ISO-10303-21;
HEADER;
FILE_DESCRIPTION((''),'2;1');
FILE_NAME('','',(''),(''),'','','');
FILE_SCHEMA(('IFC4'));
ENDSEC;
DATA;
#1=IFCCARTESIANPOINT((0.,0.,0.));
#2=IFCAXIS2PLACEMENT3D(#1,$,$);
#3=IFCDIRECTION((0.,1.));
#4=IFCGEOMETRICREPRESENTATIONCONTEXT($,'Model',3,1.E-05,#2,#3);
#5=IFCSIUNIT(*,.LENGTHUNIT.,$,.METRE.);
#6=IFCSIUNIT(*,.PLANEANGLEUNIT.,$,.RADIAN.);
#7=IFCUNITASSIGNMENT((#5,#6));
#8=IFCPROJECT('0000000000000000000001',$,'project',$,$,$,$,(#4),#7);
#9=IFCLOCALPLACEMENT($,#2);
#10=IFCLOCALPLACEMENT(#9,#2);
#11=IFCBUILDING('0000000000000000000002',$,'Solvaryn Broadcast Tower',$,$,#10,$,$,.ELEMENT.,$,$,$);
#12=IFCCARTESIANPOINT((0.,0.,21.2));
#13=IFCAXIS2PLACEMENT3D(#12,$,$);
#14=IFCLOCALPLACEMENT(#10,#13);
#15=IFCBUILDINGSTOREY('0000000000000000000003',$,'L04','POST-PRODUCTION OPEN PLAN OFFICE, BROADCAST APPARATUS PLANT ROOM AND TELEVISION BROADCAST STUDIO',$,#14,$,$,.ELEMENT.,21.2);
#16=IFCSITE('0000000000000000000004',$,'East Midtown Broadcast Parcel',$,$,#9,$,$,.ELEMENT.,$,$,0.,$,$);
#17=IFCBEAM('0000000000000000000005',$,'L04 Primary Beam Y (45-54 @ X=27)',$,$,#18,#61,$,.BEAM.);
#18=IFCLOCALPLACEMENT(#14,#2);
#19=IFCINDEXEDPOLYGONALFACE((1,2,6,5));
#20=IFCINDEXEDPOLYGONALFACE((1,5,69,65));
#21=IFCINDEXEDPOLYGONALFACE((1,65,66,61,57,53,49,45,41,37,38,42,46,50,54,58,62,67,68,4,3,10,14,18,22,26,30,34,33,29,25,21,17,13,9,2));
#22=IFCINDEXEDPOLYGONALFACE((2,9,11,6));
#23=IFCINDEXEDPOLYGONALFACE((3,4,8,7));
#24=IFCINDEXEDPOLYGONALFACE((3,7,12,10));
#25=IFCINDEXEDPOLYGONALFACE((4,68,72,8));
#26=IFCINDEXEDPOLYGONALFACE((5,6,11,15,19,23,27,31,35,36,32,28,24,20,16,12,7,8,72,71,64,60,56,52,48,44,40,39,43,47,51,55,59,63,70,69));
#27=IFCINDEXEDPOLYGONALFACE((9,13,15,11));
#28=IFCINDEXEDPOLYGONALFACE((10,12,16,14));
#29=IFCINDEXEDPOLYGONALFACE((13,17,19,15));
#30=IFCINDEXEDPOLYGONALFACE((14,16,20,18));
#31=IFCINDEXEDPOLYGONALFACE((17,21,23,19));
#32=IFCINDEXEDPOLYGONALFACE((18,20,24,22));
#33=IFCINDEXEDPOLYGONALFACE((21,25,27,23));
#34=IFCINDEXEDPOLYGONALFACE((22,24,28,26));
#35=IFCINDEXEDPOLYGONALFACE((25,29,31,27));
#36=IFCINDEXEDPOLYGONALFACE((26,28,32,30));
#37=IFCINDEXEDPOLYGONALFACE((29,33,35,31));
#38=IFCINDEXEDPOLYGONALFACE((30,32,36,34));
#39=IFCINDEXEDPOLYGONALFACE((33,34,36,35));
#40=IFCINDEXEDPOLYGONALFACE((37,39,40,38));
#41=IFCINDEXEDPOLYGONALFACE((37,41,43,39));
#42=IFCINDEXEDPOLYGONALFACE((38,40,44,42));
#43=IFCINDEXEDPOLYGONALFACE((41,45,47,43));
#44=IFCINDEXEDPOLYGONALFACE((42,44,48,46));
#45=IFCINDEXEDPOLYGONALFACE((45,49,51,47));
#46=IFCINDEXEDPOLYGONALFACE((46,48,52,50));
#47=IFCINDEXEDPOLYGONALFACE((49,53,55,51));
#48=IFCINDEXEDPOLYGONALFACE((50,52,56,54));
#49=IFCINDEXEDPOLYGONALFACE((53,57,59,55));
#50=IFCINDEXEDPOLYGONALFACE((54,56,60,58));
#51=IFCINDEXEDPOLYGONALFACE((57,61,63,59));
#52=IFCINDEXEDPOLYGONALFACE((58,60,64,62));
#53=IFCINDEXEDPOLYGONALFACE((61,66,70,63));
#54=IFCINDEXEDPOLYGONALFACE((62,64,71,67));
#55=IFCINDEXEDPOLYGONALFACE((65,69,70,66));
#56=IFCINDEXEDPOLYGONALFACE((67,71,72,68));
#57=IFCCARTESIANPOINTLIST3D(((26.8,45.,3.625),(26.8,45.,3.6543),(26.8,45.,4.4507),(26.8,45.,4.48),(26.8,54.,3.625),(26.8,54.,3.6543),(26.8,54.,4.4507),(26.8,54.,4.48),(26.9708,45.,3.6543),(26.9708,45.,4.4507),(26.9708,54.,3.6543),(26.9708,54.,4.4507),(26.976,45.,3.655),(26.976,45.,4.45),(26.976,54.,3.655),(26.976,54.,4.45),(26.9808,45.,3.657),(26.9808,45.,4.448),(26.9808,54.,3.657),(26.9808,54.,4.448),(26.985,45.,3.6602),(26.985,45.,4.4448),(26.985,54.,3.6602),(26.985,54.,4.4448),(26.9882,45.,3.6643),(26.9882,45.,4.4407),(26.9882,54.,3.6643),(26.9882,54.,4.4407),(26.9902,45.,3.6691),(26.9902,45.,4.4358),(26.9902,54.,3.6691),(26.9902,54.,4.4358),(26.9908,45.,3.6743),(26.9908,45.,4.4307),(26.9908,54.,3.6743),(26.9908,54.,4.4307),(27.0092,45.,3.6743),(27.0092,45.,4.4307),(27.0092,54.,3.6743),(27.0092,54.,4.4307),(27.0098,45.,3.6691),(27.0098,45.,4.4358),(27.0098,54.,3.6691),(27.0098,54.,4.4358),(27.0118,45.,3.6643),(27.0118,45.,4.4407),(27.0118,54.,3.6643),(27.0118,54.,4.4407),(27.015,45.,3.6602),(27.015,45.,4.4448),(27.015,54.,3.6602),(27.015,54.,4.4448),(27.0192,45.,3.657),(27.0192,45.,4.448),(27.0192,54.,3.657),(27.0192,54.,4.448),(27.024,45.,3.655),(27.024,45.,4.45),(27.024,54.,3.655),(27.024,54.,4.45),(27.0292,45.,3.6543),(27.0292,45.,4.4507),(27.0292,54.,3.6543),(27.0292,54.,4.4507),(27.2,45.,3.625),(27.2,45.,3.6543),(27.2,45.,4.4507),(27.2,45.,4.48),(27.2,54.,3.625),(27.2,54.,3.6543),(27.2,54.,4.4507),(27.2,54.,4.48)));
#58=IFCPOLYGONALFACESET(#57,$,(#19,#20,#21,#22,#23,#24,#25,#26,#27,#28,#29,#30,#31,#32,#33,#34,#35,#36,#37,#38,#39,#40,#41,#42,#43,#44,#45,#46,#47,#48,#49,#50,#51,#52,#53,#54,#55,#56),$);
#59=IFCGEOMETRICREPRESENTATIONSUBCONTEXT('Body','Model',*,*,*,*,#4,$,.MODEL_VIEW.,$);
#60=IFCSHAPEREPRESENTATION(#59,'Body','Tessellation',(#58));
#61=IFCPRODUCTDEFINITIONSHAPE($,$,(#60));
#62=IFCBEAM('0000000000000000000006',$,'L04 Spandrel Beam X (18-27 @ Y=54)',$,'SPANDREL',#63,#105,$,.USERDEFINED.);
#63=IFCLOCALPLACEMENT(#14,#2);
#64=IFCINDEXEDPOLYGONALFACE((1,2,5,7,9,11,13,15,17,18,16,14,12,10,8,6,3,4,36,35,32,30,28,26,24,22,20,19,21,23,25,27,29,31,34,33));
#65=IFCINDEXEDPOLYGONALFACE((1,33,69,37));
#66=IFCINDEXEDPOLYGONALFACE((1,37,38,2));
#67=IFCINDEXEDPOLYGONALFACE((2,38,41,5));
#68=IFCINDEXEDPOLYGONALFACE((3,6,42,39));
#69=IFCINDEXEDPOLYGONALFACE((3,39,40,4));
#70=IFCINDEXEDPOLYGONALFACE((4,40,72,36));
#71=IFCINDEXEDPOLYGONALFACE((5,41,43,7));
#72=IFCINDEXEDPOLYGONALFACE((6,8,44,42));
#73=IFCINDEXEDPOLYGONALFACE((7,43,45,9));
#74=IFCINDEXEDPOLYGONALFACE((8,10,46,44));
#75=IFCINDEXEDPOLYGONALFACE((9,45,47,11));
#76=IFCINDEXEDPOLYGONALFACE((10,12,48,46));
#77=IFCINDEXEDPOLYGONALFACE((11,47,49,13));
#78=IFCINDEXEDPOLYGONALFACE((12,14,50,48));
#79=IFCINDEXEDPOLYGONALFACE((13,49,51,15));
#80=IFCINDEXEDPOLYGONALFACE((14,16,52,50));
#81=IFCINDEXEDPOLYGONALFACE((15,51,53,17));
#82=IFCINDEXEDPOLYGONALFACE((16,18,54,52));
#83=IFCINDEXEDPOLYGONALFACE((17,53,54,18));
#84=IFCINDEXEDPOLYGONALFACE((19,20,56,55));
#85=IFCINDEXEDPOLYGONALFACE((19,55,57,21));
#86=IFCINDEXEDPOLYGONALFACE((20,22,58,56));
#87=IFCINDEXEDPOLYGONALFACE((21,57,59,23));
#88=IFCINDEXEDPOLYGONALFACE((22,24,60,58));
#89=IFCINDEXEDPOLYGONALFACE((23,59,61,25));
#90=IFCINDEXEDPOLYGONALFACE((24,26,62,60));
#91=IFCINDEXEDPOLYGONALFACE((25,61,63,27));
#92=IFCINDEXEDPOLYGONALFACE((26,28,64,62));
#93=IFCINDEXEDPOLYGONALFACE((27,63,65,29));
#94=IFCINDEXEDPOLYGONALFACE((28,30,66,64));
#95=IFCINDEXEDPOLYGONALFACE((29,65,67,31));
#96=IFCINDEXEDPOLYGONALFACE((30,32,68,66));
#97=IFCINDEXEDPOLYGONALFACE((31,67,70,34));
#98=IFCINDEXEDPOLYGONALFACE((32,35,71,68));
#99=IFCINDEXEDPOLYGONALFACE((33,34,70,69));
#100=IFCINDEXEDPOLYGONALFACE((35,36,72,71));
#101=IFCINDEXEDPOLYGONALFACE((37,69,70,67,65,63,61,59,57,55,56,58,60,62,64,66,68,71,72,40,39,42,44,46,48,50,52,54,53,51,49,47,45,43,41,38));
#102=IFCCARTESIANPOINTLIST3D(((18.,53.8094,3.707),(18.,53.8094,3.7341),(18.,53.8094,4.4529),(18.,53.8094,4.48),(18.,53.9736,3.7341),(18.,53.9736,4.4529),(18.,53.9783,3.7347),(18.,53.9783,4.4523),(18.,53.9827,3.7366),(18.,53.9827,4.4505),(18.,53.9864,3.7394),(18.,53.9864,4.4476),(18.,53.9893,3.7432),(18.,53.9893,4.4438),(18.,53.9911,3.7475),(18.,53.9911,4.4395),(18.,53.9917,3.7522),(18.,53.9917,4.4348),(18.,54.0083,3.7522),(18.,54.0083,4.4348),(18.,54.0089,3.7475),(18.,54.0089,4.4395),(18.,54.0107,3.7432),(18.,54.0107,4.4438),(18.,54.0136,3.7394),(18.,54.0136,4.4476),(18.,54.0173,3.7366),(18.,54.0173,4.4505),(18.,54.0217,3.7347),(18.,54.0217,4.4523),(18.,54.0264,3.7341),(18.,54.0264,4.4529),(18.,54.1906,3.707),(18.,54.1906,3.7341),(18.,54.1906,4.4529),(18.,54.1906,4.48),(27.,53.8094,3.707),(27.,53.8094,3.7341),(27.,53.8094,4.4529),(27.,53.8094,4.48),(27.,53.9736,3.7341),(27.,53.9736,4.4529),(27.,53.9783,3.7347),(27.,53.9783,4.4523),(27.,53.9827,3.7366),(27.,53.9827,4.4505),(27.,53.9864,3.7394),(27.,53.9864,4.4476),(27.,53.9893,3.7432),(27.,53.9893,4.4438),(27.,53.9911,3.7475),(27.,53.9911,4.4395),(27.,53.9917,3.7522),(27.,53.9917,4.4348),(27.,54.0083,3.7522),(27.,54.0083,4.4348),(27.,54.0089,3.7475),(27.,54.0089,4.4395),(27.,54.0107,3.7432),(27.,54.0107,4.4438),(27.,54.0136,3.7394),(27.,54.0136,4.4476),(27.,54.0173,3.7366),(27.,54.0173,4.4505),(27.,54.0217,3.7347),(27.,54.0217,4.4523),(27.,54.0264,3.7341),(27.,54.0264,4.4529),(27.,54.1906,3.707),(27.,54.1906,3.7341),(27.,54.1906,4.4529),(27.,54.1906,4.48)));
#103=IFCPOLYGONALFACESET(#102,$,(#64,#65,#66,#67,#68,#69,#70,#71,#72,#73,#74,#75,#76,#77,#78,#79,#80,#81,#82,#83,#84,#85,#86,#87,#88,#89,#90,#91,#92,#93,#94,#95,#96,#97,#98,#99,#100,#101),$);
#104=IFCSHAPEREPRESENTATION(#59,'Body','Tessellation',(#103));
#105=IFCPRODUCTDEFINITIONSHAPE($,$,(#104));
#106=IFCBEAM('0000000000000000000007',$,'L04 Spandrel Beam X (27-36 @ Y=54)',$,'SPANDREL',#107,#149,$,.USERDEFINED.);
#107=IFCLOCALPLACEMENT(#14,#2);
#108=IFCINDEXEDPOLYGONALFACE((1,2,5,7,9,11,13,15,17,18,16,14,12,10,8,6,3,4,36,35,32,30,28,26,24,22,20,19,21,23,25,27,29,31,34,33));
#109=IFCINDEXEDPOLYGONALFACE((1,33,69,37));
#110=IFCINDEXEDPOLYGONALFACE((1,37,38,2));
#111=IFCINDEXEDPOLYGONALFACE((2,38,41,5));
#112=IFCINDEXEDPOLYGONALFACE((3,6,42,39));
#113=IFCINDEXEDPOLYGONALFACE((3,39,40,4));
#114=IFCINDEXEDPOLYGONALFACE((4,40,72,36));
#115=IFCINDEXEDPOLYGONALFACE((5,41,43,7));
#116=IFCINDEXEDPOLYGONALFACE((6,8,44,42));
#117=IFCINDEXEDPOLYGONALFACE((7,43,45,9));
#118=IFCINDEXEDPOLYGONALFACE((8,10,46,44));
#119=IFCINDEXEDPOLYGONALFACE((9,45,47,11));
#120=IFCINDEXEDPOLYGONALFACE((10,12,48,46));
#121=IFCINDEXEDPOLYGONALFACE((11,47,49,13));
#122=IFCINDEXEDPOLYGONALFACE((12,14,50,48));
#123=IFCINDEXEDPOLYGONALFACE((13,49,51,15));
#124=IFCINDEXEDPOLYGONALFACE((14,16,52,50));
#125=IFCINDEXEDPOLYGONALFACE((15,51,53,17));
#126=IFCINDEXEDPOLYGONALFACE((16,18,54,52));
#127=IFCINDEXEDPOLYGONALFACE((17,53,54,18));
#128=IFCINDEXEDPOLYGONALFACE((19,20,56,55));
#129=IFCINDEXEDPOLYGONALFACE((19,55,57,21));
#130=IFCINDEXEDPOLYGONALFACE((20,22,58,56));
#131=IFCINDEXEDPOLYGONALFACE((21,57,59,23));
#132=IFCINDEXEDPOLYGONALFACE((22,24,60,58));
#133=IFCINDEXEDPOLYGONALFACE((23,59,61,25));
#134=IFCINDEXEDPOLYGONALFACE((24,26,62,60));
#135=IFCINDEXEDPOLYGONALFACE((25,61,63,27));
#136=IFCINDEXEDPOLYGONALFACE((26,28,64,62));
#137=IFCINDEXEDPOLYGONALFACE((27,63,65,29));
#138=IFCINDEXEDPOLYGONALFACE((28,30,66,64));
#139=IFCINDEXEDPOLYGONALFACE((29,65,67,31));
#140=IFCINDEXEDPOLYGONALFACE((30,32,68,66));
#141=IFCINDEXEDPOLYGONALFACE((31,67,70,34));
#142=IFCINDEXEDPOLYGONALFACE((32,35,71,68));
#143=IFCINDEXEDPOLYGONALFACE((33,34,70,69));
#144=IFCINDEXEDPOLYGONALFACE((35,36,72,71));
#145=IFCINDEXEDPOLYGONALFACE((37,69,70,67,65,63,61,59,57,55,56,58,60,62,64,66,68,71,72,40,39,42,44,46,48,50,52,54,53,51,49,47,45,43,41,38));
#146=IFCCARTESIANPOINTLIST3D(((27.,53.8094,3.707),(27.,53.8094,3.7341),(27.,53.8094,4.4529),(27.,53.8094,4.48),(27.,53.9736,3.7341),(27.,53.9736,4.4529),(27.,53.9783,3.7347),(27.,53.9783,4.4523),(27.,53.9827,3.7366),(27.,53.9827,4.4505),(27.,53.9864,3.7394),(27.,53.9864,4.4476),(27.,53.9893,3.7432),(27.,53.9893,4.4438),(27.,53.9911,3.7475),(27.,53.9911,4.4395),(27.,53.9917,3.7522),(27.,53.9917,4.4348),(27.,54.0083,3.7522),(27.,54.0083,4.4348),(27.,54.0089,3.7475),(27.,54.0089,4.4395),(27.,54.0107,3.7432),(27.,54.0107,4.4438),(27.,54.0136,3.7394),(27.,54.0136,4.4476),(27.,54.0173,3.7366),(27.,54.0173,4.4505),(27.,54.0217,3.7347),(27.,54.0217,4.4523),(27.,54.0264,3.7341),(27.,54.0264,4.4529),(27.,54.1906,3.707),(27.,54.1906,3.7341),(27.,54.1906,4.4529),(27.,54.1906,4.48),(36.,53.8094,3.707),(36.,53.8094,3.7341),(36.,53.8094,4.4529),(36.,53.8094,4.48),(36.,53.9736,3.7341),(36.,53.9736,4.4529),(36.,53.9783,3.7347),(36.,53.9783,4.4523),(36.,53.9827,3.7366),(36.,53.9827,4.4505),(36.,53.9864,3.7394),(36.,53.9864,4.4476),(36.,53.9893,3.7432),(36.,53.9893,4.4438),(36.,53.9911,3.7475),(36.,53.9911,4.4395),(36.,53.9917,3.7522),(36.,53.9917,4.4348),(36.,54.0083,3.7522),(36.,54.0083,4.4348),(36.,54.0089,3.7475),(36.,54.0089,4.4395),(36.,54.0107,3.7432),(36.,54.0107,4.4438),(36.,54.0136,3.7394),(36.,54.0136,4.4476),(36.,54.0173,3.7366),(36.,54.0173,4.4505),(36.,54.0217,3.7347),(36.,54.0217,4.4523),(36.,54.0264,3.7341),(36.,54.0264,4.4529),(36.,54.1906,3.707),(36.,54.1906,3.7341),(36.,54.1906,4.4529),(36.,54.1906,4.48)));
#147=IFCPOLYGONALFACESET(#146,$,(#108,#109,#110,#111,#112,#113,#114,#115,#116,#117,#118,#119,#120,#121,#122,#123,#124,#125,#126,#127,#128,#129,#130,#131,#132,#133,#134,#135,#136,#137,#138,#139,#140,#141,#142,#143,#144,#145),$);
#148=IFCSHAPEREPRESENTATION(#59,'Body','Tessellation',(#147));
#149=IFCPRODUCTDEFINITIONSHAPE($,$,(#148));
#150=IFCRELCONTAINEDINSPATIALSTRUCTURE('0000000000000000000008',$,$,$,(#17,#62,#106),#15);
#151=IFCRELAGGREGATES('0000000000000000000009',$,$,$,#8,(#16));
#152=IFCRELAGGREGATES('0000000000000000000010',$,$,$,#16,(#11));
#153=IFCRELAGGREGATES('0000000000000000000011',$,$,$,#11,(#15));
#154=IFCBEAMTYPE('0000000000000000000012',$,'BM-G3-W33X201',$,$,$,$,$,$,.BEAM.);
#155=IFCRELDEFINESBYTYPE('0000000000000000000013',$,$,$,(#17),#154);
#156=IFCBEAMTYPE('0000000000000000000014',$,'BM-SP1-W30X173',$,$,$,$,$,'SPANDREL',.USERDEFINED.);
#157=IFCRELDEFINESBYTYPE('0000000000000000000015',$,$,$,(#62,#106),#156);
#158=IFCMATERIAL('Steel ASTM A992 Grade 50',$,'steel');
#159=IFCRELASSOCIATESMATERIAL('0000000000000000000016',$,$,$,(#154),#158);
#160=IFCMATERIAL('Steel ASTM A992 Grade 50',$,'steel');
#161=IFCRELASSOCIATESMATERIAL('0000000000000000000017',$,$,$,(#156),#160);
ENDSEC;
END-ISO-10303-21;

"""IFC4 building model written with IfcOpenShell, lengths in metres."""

from ifc_helpers import new_model, si_unit, direction, frame, origin, origin_2d, place, context, subcontext, project, spatial, i_section, extrude, material, material_profile, profile_set, type_object, element, save


model = new_model("IFC4")

# Units and contexts
model_context = context("Model", 3, precision=1e-05, world=origin(), true_north=direction((0.0, 1.0)))
body_context = subcontext(model_context, "Body", "Model", "MODEL_VIEW")
ifc_project = project(units=[si_unit("LENGTHUNIT", "METRE"), si_unit("PLANEANGLEUNIT", "RADIAN")], contexts=[model_context])

# Site, building, storey
site_placement = place(None, origin())
site = spatial("IfcSite", under=ifc_project, at=site_placement, Name="East Midtown Broadcast Parcel", CompositionType="ELEMENT", RefElevation=0.0)
building_placement = place(site_placement, origin())
building = spatial("IfcBuilding", under=site, at=building_placement, Name="Solvaryn Broadcast Tower", CompositionType="ELEMENT")
storey_placement = place(building_placement, frame((0.0, 0.0, 21.2)))
storey = spatial("IfcBuildingStorey", under=building, at=storey_placement, Name="L04", Description="POST-PRODUCTION OPEN PLAN OFFICE, BROADCAST APPARATUS PLANT ROOM AND TELEVISION BROADCAST STUDIO", CompositionType="ELEMENT", Elevation=21.2)

# Beams
ifc_material_1 = material(Name="Steel ASTM A992 Grade 50", Category="steel")
ifc_material_profile_1 = material_profile(ifc_material_1, i_section(OverallWidth=0.3999, OverallDepth=0.855, WebThickness=0.0183, FlangeThickness=0.0293, FilletRadius=0.02, at=origin_2d()))
ifc_profile_set_1 = profile_set([ifc_material_profile_1], Name="Steel ASTM A992 Grade 50")
beam_type_1 = type_object("IfcBeamType", Name="BM-G3-W33X201", PredefinedType="BEAM", material=ifc_profile_set_1)
for number, where, z_axis, x_axis, name in (
    (1, (27.0, 45.0, 4.0525), (0.0, 1.0, 0.0), (-1.0, 0.0, 0.0), "L04 Primary Beam Y (45-54 @ X=27)"),
):
    element("IfcBeam", number, at=place(storey_placement, frame(where, z_axis=z_axis, x_axis=x_axis)), inside=storey, type_object=beam_type_1, Name=name, PredefinedType="BEAM", context=body_context, shape_type="SweptSolid", body=[
        extrude(i_section(OverallWidth=0.3999, OverallDepth=0.855, WebThickness=0.0183, FlangeThickness=0.0293, FilletRadius=0.02, at=origin_2d()), origin(), (0.0, 0.0, 1.0), 9.0),
    ])
ifc_material_2 = material(Name="Steel ASTM A992 Grade 50", Category="steel")
ifc_material_profile_2 = material_profile(ifc_material_2, i_section(OverallWidth=0.3811, OverallDepth=0.7729, WebThickness=0.0166, FlangeThickness=0.0271, FilletRadius=0.0181, at=origin_2d()))
ifc_profile_set_2 = profile_set([ifc_material_profile_2], Name="Steel ASTM A992 Grade 50")
beam_type_2 = type_object("IfcBeamType", Name="BM-SP1-W30X173", ElementType="SPANDREL", PredefinedType="USERDEFINED", material=ifc_profile_set_2)
for number, where, z_axis, x_axis, name in (
    (2, (18.0, 54.0, 4.0935), (1.0, 0.0, 0.0), (0.0, 1.0, 0.0), "L04 Spandrel Beam X (18-27 @ Y=54)"),
    (3, (27.0, 54.0, 4.0935), (1.0, 0.0, 0.0), (0.0, 1.0, 0.0), "L04 Spandrel Beam X (27-36 @ Y=54)"),
):
    element("IfcBeam", number, at=place(storey_placement, frame(where, z_axis=z_axis, x_axis=x_axis)), inside=storey, type_object=beam_type_2, Name=name, ObjectType="SPANDREL", PredefinedType="USERDEFINED", context=body_context, shape_type="SweptSolid", body=[
        extrude(i_section(OverallWidth=0.3811, OverallDepth=0.7729, WebThickness=0.0166, FlangeThickness=0.0271, FilletRadius=0.0181, at=origin_2d()), origin(), (0.0, 0.0, 1.0), 9.0),
    ])

save(model, "model.ifc")
